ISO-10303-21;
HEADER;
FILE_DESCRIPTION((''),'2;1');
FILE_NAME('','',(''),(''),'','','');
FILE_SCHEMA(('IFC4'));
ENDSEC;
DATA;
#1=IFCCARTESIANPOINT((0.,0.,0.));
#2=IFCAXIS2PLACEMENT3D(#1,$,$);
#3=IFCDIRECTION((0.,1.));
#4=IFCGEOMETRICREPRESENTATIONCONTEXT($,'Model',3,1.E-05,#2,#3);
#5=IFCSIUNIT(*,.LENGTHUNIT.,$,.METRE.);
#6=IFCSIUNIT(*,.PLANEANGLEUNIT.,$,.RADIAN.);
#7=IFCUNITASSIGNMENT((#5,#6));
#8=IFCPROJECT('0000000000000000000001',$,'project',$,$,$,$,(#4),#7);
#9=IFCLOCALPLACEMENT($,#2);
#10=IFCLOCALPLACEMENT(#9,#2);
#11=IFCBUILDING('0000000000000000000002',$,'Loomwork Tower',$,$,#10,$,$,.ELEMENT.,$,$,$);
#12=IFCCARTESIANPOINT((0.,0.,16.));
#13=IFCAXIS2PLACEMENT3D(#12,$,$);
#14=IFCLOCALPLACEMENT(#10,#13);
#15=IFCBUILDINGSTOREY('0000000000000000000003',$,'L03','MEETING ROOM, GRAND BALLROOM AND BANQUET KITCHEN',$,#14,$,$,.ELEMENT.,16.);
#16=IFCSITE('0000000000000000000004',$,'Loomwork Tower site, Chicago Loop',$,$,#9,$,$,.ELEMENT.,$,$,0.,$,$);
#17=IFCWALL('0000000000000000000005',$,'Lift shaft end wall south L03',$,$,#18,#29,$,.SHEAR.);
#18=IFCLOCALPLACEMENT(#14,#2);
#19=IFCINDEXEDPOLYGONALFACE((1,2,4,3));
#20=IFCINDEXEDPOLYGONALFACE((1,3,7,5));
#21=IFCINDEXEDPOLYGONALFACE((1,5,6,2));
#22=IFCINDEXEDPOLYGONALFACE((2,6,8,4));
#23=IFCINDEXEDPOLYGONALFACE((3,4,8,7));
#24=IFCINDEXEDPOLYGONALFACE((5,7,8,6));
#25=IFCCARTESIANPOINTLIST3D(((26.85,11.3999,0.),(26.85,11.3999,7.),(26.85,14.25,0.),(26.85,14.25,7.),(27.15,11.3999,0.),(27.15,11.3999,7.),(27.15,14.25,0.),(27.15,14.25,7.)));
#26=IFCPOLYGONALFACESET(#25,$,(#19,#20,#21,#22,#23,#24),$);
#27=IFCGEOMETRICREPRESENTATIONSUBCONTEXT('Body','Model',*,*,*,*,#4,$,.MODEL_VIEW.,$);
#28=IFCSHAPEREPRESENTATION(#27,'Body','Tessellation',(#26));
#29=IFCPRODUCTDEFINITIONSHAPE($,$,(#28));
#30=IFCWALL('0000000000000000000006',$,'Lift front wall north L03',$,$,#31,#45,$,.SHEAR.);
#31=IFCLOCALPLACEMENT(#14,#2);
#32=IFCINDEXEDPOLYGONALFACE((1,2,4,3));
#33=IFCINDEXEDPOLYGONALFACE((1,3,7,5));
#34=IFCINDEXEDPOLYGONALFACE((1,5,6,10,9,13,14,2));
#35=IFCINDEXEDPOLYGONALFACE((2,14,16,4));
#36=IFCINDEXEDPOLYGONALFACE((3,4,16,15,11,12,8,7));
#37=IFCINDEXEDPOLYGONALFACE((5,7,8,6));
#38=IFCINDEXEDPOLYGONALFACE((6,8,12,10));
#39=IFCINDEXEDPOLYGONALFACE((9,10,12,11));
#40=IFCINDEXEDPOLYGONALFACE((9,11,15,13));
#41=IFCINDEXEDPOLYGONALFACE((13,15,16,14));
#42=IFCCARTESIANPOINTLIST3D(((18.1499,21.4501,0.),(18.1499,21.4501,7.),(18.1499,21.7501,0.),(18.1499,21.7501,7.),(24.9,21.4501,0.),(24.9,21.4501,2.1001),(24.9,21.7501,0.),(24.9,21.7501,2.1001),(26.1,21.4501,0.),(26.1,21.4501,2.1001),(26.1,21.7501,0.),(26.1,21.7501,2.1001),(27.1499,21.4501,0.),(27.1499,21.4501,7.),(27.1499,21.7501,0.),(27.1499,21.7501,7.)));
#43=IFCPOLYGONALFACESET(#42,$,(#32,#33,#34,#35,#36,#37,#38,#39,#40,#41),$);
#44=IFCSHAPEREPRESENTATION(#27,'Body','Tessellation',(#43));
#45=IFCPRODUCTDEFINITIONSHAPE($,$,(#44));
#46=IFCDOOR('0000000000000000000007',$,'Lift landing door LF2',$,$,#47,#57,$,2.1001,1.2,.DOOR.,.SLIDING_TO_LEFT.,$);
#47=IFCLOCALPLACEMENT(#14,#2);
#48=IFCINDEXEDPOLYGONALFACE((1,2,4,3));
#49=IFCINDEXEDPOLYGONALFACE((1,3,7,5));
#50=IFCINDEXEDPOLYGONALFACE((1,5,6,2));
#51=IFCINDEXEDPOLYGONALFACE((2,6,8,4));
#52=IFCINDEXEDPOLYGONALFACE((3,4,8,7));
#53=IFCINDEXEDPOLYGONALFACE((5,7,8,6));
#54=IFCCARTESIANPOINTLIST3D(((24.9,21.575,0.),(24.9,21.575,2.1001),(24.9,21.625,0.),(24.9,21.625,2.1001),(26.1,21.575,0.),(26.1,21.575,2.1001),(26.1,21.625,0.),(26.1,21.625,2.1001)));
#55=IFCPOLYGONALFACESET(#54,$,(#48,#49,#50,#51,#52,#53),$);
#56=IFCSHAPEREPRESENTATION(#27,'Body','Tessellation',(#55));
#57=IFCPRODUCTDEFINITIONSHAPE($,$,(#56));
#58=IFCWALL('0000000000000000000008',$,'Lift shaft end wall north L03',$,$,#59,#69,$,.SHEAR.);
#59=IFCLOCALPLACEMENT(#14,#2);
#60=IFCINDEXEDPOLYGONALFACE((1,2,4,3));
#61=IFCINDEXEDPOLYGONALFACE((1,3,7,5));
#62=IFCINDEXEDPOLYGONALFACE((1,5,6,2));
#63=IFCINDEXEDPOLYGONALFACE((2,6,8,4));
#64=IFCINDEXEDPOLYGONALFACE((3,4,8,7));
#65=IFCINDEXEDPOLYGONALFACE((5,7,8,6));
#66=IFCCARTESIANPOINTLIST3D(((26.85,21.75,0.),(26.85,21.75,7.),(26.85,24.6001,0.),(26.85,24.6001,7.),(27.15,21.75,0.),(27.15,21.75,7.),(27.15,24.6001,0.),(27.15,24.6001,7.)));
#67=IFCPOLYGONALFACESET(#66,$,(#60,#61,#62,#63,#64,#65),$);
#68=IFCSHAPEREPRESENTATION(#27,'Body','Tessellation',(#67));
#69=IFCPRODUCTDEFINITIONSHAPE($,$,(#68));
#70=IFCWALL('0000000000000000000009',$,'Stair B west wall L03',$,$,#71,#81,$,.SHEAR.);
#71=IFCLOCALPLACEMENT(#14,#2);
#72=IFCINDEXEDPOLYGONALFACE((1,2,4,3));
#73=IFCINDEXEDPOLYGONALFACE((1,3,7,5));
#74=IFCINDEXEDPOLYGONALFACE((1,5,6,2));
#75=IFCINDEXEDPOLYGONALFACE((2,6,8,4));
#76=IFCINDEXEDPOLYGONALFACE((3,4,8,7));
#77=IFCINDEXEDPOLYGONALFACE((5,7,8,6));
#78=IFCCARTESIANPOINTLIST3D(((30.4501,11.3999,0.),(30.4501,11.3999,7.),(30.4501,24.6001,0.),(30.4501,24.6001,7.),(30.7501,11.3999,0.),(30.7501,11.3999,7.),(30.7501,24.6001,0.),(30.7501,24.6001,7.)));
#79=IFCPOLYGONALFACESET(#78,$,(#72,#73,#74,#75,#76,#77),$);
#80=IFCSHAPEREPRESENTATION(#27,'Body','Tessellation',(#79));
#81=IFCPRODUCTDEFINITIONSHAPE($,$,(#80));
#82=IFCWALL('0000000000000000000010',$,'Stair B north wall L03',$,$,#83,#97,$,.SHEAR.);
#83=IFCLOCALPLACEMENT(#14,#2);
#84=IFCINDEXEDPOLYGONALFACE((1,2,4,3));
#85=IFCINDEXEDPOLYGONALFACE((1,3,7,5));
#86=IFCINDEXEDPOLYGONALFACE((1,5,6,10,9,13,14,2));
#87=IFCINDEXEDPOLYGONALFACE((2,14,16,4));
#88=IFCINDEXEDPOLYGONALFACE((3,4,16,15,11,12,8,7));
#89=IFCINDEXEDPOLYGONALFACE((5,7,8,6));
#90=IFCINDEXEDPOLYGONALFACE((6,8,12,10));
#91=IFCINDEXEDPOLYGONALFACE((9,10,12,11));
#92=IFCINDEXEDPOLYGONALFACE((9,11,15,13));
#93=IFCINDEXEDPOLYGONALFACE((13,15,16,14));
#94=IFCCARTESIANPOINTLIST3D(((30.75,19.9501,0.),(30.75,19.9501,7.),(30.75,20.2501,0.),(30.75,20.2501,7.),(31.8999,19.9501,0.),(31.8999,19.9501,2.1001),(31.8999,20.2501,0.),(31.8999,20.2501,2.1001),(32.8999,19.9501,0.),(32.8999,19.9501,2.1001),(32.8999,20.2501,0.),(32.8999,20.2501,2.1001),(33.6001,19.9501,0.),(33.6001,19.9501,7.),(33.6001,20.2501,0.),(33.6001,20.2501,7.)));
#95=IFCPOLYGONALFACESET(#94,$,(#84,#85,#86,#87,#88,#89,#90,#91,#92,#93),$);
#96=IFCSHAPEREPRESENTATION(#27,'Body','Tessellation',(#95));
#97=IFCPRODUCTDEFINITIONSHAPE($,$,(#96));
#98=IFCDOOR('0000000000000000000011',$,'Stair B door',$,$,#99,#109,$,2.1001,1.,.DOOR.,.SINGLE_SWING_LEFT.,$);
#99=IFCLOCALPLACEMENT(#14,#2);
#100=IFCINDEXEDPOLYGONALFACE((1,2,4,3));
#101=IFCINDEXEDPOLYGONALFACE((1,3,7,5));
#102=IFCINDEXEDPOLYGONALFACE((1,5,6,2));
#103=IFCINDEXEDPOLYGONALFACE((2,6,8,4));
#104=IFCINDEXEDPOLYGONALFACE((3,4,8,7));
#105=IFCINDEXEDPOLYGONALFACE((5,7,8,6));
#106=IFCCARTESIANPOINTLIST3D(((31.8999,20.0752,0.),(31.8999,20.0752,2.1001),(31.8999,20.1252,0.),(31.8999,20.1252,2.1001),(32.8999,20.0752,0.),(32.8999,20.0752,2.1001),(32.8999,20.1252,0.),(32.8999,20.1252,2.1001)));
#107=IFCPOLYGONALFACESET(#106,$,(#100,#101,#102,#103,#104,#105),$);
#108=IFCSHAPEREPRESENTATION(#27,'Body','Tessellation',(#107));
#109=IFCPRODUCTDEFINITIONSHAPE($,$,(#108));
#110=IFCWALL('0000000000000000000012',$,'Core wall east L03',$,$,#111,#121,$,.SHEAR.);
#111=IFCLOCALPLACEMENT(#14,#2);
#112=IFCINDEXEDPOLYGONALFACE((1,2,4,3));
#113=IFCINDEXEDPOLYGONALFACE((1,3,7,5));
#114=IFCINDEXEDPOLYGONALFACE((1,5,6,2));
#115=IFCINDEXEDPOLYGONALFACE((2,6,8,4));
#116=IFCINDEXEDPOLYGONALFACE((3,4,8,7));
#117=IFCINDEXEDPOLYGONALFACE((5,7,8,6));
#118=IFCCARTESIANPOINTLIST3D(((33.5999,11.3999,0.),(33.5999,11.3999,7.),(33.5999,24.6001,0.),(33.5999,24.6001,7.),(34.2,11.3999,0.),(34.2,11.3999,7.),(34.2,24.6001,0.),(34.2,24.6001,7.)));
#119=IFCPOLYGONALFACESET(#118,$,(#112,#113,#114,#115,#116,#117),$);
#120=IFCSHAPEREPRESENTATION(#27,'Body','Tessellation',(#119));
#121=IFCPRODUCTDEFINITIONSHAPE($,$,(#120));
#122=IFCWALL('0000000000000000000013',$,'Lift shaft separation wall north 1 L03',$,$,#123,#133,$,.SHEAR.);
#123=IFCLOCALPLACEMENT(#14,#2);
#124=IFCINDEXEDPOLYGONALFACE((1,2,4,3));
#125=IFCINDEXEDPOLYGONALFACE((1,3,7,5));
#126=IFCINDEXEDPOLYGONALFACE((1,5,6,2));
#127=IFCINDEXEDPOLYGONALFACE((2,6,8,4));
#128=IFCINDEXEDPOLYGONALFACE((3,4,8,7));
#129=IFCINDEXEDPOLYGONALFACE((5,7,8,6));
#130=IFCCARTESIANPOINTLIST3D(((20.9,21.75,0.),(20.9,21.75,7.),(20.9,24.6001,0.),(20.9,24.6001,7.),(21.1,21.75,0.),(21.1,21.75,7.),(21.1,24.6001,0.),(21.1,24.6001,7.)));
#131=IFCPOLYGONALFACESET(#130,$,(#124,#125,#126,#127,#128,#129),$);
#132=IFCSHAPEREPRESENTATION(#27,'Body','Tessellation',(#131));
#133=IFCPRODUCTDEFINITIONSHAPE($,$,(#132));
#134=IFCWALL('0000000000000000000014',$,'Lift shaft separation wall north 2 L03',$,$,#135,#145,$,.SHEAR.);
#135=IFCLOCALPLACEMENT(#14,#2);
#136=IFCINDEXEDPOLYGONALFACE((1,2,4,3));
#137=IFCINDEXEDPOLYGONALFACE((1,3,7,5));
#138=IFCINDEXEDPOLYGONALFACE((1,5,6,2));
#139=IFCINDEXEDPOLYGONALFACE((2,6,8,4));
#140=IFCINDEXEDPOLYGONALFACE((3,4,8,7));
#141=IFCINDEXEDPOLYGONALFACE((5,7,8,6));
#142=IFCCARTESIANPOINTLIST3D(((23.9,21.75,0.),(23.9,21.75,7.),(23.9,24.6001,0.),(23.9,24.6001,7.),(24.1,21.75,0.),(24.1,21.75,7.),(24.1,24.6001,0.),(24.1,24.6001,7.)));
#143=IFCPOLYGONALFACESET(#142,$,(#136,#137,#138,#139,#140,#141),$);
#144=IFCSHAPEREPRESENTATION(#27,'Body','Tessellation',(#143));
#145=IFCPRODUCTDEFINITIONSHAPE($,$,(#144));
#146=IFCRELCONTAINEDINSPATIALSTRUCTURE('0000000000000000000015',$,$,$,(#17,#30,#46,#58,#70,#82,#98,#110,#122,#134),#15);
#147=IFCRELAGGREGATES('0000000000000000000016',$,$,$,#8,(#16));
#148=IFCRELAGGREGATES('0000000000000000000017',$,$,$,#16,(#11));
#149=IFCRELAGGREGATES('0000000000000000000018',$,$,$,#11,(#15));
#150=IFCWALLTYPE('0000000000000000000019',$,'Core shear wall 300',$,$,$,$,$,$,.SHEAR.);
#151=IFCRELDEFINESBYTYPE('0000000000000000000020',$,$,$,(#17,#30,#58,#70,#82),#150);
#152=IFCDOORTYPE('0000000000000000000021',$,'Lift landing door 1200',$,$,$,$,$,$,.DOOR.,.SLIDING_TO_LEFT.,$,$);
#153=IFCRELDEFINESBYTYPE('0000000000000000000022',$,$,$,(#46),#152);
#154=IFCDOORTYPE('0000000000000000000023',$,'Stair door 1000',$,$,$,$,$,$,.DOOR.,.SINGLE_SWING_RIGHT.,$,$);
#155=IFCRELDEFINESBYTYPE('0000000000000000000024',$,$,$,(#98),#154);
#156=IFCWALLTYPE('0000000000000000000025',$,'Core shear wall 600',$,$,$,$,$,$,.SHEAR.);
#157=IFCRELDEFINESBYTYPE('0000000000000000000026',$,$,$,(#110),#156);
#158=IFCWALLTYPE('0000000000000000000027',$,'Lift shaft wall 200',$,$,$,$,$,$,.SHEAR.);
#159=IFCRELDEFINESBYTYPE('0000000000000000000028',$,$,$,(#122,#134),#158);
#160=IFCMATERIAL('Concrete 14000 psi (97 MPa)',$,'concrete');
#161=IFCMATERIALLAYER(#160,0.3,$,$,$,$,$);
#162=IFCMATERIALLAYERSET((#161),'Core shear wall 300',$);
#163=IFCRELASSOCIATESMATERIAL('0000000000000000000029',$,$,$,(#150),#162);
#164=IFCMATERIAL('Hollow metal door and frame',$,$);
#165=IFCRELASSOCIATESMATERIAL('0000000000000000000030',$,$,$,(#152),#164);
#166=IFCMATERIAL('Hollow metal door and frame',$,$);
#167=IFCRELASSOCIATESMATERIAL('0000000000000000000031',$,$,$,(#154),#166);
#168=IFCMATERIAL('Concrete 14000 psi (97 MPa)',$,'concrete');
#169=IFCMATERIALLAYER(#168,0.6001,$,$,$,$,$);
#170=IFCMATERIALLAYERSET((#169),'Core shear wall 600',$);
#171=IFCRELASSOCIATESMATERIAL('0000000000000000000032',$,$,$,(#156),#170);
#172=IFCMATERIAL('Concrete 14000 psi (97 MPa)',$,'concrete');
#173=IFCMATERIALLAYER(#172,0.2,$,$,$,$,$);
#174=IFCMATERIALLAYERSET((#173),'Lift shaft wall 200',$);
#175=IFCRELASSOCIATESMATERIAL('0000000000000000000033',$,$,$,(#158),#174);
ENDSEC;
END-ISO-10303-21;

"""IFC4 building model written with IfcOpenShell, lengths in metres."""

from ifc_helpers import new_model, si_unit, direction, frame, frame_2d, origin, place, context, subcontext, project, spatial, rectangle, extrude, material, layer, layer_set, type_object, element, fill, save


model = new_model("IFC4")

# Units and contexts
model_context = context("Model", 3, precision=1e-05, world=origin(), true_north=direction((0.0, 1.0)))
body_context = subcontext(model_context, "Body", "Model", "MODEL_VIEW")
ifc_project = project(units=[si_unit("LENGTHUNIT", "METRE"), si_unit("PLANEANGLEUNIT", "RADIAN")], contexts=[model_context])

# Site, building, storey
site_placement = place(None, origin())
site = spatial("IfcSite", under=ifc_project, at=site_placement, Name="Loomwork Tower site, Chicago Loop", CompositionType="ELEMENT", RefElevation=0.0)
building_placement = place(site_placement, origin())
building = spatial("IfcBuilding", under=site, at=building_placement, Name="Loomwork Tower", CompositionType="ELEMENT")
storey_placement = place(building_placement, frame((0.0, 0.0, 16.0)))
storey = spatial("IfcBuildingStorey", under=building, at=storey_placement, Name="L03", Description="MEETING ROOM, GRAND BALLROOM AND BANQUET KITCHEN", CompositionType="ELEMENT", Elevation=16.0)

# Shared definitions
ifc_material_1 = material(Name="Concrete 14000 psi (97 MPa)", Category="concrete")
ifc_layer_1 = layer(ifc_material_1, 0.3)
ifc_layer_set_1 = layer_set([ifc_layer_1], Name="Core shear wall 300")
wall_type_1 = type_object("IfcWallType", Name="Core shear wall 300", PredefinedType="SHEAR", material=ifc_layer_set_1)
ifc_material_2 = material(Name="Hollow metal door and frame")
door_type_1 = type_object("IfcDoorType", Name="Lift landing door 1200", OperationType="SLIDING_TO_LEFT", PredefinedType="DOOR", material=ifc_material_2)

# Wall
wall_1_placement = place(storey_placement, frame((27.0, 11.3999, 0.0), z_axis=(0.0, 0.0, 1.0), x_axis=(0.0, 1.0, 0.0)))
element("IfcWall", 1, at=wall_1_placement, inside=storey, type_object=wall_type_1, Name="Lift shaft end wall south L03", PredefinedType="SHEAR", context=body_context, shape_type="SweptSolid", body=[
    extrude(rectangle(XDim=2.8501, YDim=0.3, at=frame_2d((1.425, 0.0))), origin(), (0.0, 0.0, 1.0), 7.0),
])

# Wall, opening, door
wall_2_placement = place(storey_placement, frame((18.1499, 21.6001, 0.0), z_axis=(0.0, 0.0, 1.0), x_axis=(1.0, 0.0, 0.0)))
wall_2 = element("IfcWall", 2, at=wall_2_placement, inside=storey, type_object=wall_type_1, Name="Lift front wall north L03", PredefinedType="SHEAR", context=body_context, shape_type="SweptSolid", body=[
    extrude(rectangle(XDim=9.0, YDim=0.3, at=frame_2d((4.5, 0.0))), origin(), (0.0, 0.0, 1.0), 7.0),
])
opening_1_placement = place(wall_2_placement, frame((6.75, 0.0, 0.0)))
opening_1 = element("IfcOpeningElement", 3, at=opening_1_placement, cuts=wall_2, PredefinedType="OPENING", context=body_context, shape_type="SweptSolid", body=[
    extrude(rectangle(XDim=1.2, YDim=2.1001, at=frame_2d((0.6001, 1.05))), frame((0.0, 0.1599, 0.0), z_axis=(0.0, -1.0, 0.0), x_axis=(1.0, 0.0, 0.0)), (0.0, 0.0, 1.0), 0.3201),
])
door_1_placement = place(opening_1_placement, origin())
door_1 = element("IfcDoor", 4, at=door_1_placement, inside=storey, type_object=door_type_1, Name="Lift landing door LF2", OperationType="SLIDING_TO_LEFT", OverallHeight=2.1001, OverallWidth=1.2, PredefinedType="DOOR", context=body_context, shape_type="SweptSolid", body=[
    extrude(rectangle(XDim=1.2, YDim=2.1001, at=frame_2d((0.6001, 1.05))), frame((0.0, 0.0249, 0.0), z_axis=(0.0, -1.0, 0.0), x_axis=(1.0, 0.0, 0.0)), (0.0, 0.0, 1.0), 0.05),
])
fill(opening_1, door_1)

# Walls
wall_3_placement = place(storey_placement, frame((27.0, 21.75, 0.0), z_axis=(0.0, 0.0, 1.0), x_axis=(0.0, 1.0, 0.0)))
element("IfcWall", 5, at=wall_3_placement, inside=storey, type_object=wall_type_1, Name="Lift shaft end wall north L03", PredefinedType="SHEAR", context=body_context, shape_type="SweptSolid", body=[
    extrude(rectangle(XDim=2.8501, YDim=0.3, at=frame_2d((1.425, 0.0))), origin(), (0.0, 0.0, 1.0), 7.0),
])
wall_4_placement = place(storey_placement, frame((30.6001, 11.3999, 0.0), z_axis=(0.0, 0.0, 1.0), x_axis=(0.0, 1.0, 0.0)))
element("IfcWall", 6, at=wall_4_placement, inside=storey, type_object=wall_type_1, Name="Stair B west wall L03", PredefinedType="SHEAR", context=body_context, shape_type="SweptSolid", body=[
    extrude(rectangle(XDim=13.2002, YDim=0.3, at=frame_2d((6.6001, 0.0))), origin(), (0.0, 0.0, 1.0), 7.0),
])

# Wall, opening, door
wall_5_placement = place(storey_placement, frame((30.75, 20.1001, 0.0), z_axis=(0.0, 0.0, 1.0), x_axis=(1.0, 0.0, 0.0)))
wall_5 = element("IfcWall", 7, at=wall_5_placement, inside=storey, type_object=wall_type_1, Name="Stair B north wall L03", PredefinedType="SHEAR", context=body_context, shape_type="SweptSolid", body=[
    extrude(rectangle(XDim=2.8501, YDim=0.3, at=frame_2d((1.425, 0.0))), origin(), (0.0, 0.0, 1.0), 7.0),
])
opening_2_placement = place(wall_5_placement, frame((1.1499, 0.0, 0.0)))
opening_2 = element("IfcOpeningElement", 8, at=opening_2_placement, cuts=wall_5, PredefinedType="OPENING", context=body_context, shape_type="SweptSolid", body=[
    extrude(rectangle(XDim=1.0, YDim=2.1001, at=frame_2d((0.5, 1.05))), frame((0.0, 0.1599, 0.0), z_axis=(0.0, -1.0, 0.0), x_axis=(1.0, 0.0, 0.0)), (0.0, 0.0, 1.0), 0.3201),
])
ifc_material_3 = material(Name="Hollow metal door and frame")
door_type_2 = type_object("IfcDoorType", Name="Stair door 1000", OperationType="SINGLE_SWING_RIGHT", PredefinedType="DOOR", material=ifc_material_3)
door_2_placement = place(opening_2_placement, frame((1.0, 0.0, 0.0), z_axis=(0.0, 0.0, 1.0), x_axis=(-1.0, 0.0, 0.0)))
door_2 = element("IfcDoor", 9, at=door_2_placement, inside=storey, type_object=door_type_2, Name="Stair B door", OperationType="SINGLE_SWING_LEFT", OverallHeight=2.1001, OverallWidth=1.0, PredefinedType="DOOR", context=body_context, shape_type="SweptSolid", body=[
    extrude(rectangle(XDim=1.0, YDim=2.1001, at=frame_2d((0.5, 1.05))), frame((0.0, 0.0249, 0.0), z_axis=(0.0, -1.0, 0.0), x_axis=(1.0, 0.0, 0.0)), (0.0, 0.0, 1.0), 0.05),
])
fill(opening_2, door_2)

# Walls
ifc_material_4 = material(Name="Concrete 14000 psi (97 MPa)", Category="concrete")
ifc_layer_2 = layer(ifc_material_4, 0.6001)
ifc_layer_set_2 = layer_set([ifc_layer_2], Name="Core shear wall 600")
wall_type_2 = type_object("IfcWallType", Name="Core shear wall 600", PredefinedType="SHEAR", material=ifc_layer_set_2)
wall_6_placement = place(storey_placement, frame((33.8999, 11.3999, 0.0), z_axis=(0.0, 0.0, 1.0), x_axis=(0.0, 1.0, 0.0)))
element("IfcWall", 10, at=wall_6_placement, inside=storey, type_object=wall_type_2, Name="Core wall east L03", PredefinedType="SHEAR", context=body_context, shape_type="SweptSolid", body=[
    extrude(rectangle(XDim=13.2002, YDim=0.6001, at=frame_2d((6.6001, 0.0))), origin(), (0.0, 0.0, 1.0), 7.0),
])
ifc_material_5 = material(Name="Concrete 14000 psi (97 MPa)", Category="concrete")
ifc_layer_3 = layer(ifc_material_5, 0.2)
ifc_layer_set_3 = layer_set([ifc_layer_3], Name="Lift shaft wall 200")
wall_type_3 = type_object("IfcWallType", Name="Lift shaft wall 200", PredefinedType="SHEAR", material=ifc_layer_set_3)
for number, where, z_axis, x_axis, name in (
    (11, (21.0, 21.75, 0.0), (0.0, 0.0, 1.0), (0.0, 1.0, 0.0), "Lift shaft separation wall north 1 L03"),
    (12, (24.0, 21.75, 0.0), (0.0, 0.0, 1.0), (0.0, 1.0, 0.0), "Lift shaft separation wall north 2 L03"),
):
    element("IfcWall", number, at=place(storey_placement, frame(where, z_axis=z_axis, x_axis=x_axis)), inside=storey, type_object=wall_type_3, Name=name, PredefinedType="SHEAR", context=body_context, shape_type="SweptSolid", body=[
        extrude(rectangle(XDim=2.8501, YDim=0.2, at=frame_2d((1.425, 0.0))), origin(), (0.0, 0.0, 1.0), 7.0),
    ])

save(model, "model.ifc")
